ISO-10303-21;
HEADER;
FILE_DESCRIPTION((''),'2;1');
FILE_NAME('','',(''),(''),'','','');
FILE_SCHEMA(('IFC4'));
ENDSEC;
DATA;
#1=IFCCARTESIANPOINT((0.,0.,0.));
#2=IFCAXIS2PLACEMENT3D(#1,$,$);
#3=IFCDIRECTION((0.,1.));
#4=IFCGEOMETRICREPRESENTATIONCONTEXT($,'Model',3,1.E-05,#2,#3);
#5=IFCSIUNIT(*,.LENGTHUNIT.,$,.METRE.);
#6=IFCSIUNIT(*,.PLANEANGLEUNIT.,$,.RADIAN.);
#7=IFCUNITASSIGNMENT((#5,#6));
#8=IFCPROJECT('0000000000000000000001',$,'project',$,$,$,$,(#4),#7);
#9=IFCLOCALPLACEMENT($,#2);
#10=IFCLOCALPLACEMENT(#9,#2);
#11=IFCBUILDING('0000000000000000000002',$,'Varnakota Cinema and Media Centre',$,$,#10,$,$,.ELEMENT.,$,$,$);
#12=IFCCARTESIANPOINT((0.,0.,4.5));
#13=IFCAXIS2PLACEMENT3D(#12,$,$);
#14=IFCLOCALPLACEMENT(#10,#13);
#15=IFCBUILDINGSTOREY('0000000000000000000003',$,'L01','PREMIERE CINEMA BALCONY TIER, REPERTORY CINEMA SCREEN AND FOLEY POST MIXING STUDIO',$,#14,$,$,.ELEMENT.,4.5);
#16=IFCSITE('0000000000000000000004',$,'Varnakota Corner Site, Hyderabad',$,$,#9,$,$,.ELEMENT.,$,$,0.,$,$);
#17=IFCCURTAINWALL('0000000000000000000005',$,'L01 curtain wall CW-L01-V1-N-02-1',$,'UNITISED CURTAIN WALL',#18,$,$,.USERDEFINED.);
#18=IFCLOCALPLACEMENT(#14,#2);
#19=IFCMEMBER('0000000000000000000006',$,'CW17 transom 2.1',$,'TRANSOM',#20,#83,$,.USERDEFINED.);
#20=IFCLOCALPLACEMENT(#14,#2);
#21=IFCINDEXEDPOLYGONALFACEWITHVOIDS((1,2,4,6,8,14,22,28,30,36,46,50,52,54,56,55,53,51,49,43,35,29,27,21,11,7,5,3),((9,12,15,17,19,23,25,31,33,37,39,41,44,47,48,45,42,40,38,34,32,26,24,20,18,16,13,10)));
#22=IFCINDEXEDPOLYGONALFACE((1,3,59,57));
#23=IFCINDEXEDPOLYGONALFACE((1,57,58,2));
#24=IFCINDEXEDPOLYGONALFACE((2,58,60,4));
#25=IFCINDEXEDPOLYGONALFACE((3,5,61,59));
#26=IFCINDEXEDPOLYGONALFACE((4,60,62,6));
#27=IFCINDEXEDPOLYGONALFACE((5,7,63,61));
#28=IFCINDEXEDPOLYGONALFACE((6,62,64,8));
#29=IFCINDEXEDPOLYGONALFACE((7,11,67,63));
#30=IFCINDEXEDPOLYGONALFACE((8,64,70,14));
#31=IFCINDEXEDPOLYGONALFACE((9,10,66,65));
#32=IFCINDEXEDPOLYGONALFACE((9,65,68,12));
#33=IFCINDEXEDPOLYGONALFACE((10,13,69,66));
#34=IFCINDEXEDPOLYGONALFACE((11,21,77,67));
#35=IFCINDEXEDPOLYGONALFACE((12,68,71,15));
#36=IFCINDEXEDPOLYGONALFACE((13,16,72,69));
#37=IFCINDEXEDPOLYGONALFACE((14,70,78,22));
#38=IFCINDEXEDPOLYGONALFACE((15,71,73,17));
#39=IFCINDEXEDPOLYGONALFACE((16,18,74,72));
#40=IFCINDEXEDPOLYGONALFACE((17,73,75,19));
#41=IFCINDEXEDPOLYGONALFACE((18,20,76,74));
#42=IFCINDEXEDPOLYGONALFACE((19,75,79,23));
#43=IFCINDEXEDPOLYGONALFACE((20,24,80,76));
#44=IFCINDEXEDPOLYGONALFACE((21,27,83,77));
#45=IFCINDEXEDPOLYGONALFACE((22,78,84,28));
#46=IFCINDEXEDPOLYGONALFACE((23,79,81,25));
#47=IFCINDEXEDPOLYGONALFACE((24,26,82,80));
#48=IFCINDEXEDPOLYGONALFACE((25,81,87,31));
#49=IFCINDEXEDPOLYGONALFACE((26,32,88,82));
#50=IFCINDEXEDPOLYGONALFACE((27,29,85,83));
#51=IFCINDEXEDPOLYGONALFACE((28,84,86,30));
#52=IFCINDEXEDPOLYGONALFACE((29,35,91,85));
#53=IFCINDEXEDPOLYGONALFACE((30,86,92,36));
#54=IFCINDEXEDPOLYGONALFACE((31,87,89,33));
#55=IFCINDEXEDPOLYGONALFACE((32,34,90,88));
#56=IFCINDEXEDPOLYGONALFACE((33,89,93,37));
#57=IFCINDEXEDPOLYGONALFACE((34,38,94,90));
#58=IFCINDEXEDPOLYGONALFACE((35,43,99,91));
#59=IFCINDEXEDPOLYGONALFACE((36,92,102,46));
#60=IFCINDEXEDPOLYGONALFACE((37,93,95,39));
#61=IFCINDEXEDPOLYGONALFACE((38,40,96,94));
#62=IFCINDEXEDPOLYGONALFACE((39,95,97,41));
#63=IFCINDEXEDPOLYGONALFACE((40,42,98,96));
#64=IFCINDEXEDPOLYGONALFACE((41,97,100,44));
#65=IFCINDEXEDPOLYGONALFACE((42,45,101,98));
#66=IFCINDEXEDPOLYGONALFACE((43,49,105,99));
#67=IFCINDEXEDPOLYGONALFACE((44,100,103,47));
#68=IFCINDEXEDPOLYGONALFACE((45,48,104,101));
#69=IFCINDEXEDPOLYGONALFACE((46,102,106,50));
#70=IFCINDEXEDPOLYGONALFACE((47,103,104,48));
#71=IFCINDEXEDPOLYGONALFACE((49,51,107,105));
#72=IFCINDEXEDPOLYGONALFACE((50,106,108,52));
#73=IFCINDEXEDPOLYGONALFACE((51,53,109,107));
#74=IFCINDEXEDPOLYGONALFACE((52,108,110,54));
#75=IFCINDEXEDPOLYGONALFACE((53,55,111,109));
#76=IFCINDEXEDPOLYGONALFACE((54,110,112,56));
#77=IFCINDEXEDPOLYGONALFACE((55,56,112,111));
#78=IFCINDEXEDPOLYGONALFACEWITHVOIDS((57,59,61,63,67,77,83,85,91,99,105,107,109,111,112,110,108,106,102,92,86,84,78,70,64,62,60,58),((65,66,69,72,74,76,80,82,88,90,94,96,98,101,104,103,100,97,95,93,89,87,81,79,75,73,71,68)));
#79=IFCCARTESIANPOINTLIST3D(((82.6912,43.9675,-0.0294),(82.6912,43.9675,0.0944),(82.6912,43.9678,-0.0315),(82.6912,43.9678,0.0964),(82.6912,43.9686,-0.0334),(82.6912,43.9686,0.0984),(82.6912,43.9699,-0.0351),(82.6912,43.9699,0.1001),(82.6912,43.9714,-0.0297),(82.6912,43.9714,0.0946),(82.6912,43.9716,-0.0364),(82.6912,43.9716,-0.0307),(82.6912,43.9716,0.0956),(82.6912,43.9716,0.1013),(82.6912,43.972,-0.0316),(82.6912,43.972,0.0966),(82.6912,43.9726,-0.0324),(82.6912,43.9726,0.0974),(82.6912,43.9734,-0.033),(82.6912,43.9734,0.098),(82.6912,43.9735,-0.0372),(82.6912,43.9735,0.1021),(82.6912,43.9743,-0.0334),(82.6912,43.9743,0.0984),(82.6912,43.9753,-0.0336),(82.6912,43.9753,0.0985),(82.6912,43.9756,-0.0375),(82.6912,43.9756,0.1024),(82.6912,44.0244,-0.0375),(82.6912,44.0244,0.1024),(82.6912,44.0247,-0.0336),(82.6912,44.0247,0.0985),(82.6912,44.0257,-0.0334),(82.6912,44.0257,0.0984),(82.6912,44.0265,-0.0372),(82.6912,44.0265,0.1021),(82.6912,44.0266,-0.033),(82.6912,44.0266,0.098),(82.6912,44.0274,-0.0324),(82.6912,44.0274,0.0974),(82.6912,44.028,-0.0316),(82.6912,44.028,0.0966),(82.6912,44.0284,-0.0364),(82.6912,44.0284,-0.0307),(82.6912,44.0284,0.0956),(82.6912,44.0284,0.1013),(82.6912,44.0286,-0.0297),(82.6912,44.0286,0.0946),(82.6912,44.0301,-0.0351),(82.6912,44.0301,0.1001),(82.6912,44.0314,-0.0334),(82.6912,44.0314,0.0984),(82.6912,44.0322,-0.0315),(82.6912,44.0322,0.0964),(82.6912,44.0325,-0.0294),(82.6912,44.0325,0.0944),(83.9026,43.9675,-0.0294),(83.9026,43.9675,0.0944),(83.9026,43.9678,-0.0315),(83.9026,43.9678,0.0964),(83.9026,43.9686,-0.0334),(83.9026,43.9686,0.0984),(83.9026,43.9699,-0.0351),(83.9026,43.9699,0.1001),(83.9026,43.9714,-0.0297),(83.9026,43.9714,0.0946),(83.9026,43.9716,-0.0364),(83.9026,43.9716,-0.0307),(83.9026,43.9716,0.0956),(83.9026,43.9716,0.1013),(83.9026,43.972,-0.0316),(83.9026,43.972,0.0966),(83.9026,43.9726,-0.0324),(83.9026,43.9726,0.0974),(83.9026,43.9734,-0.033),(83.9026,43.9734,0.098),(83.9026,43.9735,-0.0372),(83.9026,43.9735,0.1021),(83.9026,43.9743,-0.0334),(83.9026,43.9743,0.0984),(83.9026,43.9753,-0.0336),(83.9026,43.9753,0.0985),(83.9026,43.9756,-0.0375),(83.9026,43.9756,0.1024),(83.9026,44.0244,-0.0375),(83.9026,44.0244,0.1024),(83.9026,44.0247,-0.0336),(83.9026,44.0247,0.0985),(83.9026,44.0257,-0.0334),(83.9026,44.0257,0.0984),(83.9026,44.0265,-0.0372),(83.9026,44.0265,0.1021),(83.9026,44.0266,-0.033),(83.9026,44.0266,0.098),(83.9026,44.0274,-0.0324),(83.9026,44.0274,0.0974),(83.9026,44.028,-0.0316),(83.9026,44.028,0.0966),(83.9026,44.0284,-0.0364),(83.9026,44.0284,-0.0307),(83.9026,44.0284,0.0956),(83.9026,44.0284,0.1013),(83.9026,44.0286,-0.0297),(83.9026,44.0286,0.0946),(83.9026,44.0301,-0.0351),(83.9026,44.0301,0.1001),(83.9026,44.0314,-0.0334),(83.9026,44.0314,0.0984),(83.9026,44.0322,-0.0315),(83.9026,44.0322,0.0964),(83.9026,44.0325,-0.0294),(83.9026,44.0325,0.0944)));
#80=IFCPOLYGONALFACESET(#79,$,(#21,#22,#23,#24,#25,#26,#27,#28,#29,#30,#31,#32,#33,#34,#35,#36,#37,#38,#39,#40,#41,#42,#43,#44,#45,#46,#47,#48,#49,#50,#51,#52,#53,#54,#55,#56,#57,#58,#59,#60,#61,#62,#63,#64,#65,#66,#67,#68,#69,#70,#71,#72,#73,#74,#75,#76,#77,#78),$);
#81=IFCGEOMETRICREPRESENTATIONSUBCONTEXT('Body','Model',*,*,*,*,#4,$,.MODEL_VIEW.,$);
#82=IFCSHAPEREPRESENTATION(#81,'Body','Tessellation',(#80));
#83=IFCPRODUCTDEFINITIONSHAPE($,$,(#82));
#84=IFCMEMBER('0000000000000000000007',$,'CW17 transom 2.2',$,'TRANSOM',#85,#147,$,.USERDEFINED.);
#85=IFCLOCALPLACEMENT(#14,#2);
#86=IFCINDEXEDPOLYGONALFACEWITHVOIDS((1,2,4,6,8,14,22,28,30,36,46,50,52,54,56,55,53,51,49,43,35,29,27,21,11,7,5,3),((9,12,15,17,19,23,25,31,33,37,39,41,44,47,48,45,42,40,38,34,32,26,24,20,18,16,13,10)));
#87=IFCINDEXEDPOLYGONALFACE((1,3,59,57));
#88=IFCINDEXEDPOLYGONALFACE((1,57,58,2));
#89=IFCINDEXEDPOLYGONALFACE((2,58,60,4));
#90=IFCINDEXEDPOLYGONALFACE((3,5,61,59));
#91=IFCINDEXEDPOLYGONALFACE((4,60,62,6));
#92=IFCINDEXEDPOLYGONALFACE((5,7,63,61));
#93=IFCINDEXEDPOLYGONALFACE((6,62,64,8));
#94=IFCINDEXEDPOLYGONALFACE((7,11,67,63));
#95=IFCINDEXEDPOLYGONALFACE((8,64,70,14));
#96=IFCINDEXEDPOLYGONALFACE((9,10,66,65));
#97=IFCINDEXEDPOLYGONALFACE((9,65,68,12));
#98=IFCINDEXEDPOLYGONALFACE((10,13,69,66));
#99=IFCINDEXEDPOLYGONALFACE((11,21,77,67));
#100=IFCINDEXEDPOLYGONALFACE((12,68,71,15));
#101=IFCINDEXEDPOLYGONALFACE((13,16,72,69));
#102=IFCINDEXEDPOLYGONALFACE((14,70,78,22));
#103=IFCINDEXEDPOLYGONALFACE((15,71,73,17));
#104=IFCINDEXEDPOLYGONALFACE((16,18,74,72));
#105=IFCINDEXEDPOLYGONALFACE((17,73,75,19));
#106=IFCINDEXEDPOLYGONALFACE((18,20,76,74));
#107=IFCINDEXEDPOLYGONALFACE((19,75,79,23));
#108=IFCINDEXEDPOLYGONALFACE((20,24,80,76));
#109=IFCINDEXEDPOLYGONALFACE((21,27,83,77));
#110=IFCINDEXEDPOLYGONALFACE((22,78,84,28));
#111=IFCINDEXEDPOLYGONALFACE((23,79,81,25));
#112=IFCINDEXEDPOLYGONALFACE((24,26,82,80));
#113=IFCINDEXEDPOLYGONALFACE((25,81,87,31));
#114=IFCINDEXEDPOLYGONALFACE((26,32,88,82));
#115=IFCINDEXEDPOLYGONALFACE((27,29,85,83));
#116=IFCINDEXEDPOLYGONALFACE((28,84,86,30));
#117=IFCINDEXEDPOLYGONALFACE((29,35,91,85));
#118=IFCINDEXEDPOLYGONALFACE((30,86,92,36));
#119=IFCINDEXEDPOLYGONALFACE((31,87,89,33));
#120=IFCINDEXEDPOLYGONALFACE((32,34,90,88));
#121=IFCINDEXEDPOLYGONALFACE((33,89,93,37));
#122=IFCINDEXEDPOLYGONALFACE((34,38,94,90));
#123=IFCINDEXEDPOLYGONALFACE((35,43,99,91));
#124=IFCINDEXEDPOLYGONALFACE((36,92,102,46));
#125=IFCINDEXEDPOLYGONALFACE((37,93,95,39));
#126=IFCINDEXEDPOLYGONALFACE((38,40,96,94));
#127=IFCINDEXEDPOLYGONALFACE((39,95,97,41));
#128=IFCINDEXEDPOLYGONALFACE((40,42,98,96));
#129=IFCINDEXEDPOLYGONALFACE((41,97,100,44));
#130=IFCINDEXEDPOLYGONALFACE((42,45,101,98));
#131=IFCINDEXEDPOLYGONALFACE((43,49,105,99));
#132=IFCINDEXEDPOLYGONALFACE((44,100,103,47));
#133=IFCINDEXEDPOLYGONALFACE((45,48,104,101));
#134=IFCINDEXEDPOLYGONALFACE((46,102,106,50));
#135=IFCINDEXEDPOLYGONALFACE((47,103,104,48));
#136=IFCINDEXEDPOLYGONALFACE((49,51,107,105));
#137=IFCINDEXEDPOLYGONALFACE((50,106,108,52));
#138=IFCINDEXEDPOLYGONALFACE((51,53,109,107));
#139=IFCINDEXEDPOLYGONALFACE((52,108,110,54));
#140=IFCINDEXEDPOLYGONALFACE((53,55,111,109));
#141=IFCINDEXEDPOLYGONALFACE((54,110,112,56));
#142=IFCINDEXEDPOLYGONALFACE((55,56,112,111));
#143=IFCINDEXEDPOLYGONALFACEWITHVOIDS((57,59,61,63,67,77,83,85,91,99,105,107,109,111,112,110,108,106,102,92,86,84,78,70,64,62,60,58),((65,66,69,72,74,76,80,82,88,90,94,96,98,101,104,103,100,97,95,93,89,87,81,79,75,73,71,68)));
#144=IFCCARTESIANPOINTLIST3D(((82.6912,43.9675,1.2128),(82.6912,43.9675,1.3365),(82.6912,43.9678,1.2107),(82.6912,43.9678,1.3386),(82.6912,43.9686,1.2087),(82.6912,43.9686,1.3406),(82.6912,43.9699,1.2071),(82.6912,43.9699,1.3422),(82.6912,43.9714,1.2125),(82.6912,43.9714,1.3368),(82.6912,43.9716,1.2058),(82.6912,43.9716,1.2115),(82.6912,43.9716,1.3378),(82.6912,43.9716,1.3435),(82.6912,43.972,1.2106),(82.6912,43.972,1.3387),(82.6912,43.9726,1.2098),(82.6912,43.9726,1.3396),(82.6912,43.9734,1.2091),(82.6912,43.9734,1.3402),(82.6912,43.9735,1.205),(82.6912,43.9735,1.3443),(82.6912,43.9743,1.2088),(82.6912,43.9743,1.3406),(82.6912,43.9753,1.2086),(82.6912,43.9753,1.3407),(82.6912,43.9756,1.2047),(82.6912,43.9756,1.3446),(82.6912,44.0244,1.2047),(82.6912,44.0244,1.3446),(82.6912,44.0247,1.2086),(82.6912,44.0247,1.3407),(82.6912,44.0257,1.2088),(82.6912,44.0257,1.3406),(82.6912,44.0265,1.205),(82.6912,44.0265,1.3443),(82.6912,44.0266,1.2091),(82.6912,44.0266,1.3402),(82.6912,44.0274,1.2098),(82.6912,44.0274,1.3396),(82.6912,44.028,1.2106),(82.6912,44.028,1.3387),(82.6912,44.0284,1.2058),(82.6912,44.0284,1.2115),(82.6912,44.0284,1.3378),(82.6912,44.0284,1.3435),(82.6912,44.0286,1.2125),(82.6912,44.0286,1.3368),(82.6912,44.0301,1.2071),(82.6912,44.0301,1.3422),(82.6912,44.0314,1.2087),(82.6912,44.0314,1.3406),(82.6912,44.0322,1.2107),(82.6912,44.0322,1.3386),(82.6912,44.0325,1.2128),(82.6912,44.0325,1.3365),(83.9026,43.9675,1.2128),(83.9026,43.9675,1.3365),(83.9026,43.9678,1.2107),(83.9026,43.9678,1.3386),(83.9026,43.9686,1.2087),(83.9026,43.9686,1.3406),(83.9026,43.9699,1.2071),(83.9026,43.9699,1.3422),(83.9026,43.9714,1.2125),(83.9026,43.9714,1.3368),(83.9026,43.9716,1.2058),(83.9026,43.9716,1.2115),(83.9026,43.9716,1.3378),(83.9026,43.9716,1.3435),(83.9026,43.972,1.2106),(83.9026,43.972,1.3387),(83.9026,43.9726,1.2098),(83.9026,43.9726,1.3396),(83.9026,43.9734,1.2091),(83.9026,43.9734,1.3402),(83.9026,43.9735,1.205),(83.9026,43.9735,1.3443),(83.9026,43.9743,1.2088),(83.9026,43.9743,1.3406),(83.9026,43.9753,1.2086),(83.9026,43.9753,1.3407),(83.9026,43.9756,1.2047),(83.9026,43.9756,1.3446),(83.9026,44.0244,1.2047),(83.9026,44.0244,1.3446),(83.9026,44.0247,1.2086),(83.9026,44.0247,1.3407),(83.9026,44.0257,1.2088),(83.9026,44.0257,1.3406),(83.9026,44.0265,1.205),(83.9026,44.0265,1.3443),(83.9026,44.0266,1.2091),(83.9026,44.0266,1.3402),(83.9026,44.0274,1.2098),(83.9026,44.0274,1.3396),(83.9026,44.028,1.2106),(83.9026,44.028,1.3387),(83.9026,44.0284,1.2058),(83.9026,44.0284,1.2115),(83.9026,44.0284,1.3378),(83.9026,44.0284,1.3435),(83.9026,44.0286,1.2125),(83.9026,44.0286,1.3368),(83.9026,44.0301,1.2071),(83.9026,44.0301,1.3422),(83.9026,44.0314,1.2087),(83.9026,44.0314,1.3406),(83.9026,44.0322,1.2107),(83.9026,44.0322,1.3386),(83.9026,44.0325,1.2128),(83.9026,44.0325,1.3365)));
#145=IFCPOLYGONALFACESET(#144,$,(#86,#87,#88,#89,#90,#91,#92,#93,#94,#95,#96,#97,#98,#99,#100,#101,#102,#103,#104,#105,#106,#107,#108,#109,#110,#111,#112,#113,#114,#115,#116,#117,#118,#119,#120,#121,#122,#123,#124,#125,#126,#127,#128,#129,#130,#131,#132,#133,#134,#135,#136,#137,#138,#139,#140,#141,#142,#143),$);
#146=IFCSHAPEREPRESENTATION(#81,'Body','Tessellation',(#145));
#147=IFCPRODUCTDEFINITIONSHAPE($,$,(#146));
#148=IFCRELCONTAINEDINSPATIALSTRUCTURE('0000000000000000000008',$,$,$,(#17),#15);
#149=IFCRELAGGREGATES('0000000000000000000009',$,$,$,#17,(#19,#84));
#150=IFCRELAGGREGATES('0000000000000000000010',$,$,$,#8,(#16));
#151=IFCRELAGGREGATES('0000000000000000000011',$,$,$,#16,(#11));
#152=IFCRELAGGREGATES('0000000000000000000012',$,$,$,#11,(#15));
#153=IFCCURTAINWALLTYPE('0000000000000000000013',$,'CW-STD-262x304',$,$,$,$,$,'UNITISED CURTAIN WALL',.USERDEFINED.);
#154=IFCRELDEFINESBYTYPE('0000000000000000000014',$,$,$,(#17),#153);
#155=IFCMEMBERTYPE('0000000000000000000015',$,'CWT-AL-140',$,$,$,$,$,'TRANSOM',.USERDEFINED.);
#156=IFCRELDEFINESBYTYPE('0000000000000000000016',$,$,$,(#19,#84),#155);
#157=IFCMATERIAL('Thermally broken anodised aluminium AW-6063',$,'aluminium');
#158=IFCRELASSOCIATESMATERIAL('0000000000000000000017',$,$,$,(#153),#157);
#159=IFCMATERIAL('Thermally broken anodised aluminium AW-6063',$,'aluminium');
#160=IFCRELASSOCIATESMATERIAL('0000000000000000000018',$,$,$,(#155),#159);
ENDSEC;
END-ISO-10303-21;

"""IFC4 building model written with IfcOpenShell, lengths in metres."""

from ifc_helpers import new_model, si_unit, direction, frame, origin, origin_2d, place, context, subcontext, project, spatial, hollow_rectangle, extrude, material, material_profile, profile_set, type_object, element, aggregate, save


model = new_model("IFC4")

# Units and contexts
model_context = context("Model", 3, precision=1e-05, world=origin(), true_north=direction((0.0, 1.0)))
body_context = subcontext(model_context, "Body", "Model", "MODEL_VIEW")
ifc_project = project(units=[si_unit("LENGTHUNIT", "METRE"), si_unit("PLANEANGLEUNIT", "RADIAN")], contexts=[model_context])

# Site, building, storey
site_placement = place(None, origin())
site = spatial("IfcSite", under=ifc_project, at=site_placement, Name="Varnakota Corner Site, Hyderabad", CompositionType="ELEMENT", RefElevation=0.0)
building_placement = place(site_placement, origin())
building = spatial("IfcBuilding", under=site, at=building_placement, Name="Varnakota Cinema and Media Centre", CompositionType="ELEMENT")
storey_placement = place(building_placement, frame((0.0, 0.0, 4.5)))
storey = spatial("IfcBuildingStorey", under=building, at=storey_placement, Name="L01", Description="PREMIERE CINEMA BALCONY TIER, REPERTORY CINEMA SCREEN AND FOLEY POST MIXING STUDIO", CompositionType="ELEMENT", Elevation=4.5)

# Curtain wall
ifc_material_1 = material(Name="Thermally broken anodised aluminium AW-6063", Category="aluminium")
curtain_wall_type = type_object("IfcCurtainWallType", Name="CW-STD-262x304", ElementType="UNITISED CURTAIN WALL", PredefinedType="USERDEFINED", material=ifc_material_1)
curtain_wall_1_placement = place(storey_placement, origin())
curtain_wall_1 = element("IfcCurtainWall", 1, at=curtain_wall_1_placement, inside=storey, type_object=curtain_wall_type, Name="L01 curtain wall CW-L01-V1-N-02-1", ObjectType="UNITISED CURTAIN WALL", PredefinedType="USERDEFINED")

# Members
ifc_material_2 = material(Name="Thermally broken anodised aluminium AW-6063", Category="aluminium")
ifc_material_profile_1 = material_profile(ifc_material_2, hollow_rectangle(XDim=0.0649, YDim=0.1399, WallThickness=0.0039, InnerFilletRadius=0.0039, OuterFilletRadius=0.0081, at=origin_2d()), Name="AL-TRANSOM 140x65x4")
ifc_profile_set_1 = profile_set([ifc_material_profile_1], Name="Thermally broken anodised aluminium AW-6063")
member_type_1 = type_object("IfcMemberType", Name="CWT-AL-140", ElementType="TRANSOM", PredefinedType="USERDEFINED", material=ifc_profile_set_1)
member_1_placement = place(storey_placement, frame((82.6912, 44.0, 0.0325), z_axis=(1.0, 0.0, 0.0), x_axis=(0.0, 1.0, 0.0)))
member_1 = element("IfcMember", 2, at=member_1_placement, type_object=member_type_1, Name="CW17 transom 2.1", ObjectType="TRANSOM", PredefinedType="USERDEFINED", context=body_context, shape_type="SweptSolid", body=[
    extrude(hollow_rectangle(XDim=0.0649, YDim=0.1399, WallThickness=0.0039, InnerFilletRadius=0.0039, OuterFilletRadius=0.0081, at=origin_2d()), origin(), (0.0, 0.0, 1.0), 1.2114),
])
member_2_placement = place(storey_placement, frame((82.6912, 44.0, 1.2747), z_axis=(1.0, 0.0, 0.0), x_axis=(0.0, 1.0, 0.0)))
member_2 = element("IfcMember", 3, at=member_2_placement, type_object=member_type_1, Name="CW17 transom 2.2", ObjectType="TRANSOM", PredefinedType="USERDEFINED", context=body_context, shape_type="SweptSolid", body=[
    extrude(hollow_rectangle(XDim=0.0649, YDim=0.1399, WallThickness=0.0039, InnerFilletRadius=0.0039, OuterFilletRadius=0.0081, at=origin_2d()), origin(), (0.0, 0.0, 1.0), 1.2114),
])

aggregate(curtain_wall_1, [member_1, member_2])

save(model, "model.ifc")
